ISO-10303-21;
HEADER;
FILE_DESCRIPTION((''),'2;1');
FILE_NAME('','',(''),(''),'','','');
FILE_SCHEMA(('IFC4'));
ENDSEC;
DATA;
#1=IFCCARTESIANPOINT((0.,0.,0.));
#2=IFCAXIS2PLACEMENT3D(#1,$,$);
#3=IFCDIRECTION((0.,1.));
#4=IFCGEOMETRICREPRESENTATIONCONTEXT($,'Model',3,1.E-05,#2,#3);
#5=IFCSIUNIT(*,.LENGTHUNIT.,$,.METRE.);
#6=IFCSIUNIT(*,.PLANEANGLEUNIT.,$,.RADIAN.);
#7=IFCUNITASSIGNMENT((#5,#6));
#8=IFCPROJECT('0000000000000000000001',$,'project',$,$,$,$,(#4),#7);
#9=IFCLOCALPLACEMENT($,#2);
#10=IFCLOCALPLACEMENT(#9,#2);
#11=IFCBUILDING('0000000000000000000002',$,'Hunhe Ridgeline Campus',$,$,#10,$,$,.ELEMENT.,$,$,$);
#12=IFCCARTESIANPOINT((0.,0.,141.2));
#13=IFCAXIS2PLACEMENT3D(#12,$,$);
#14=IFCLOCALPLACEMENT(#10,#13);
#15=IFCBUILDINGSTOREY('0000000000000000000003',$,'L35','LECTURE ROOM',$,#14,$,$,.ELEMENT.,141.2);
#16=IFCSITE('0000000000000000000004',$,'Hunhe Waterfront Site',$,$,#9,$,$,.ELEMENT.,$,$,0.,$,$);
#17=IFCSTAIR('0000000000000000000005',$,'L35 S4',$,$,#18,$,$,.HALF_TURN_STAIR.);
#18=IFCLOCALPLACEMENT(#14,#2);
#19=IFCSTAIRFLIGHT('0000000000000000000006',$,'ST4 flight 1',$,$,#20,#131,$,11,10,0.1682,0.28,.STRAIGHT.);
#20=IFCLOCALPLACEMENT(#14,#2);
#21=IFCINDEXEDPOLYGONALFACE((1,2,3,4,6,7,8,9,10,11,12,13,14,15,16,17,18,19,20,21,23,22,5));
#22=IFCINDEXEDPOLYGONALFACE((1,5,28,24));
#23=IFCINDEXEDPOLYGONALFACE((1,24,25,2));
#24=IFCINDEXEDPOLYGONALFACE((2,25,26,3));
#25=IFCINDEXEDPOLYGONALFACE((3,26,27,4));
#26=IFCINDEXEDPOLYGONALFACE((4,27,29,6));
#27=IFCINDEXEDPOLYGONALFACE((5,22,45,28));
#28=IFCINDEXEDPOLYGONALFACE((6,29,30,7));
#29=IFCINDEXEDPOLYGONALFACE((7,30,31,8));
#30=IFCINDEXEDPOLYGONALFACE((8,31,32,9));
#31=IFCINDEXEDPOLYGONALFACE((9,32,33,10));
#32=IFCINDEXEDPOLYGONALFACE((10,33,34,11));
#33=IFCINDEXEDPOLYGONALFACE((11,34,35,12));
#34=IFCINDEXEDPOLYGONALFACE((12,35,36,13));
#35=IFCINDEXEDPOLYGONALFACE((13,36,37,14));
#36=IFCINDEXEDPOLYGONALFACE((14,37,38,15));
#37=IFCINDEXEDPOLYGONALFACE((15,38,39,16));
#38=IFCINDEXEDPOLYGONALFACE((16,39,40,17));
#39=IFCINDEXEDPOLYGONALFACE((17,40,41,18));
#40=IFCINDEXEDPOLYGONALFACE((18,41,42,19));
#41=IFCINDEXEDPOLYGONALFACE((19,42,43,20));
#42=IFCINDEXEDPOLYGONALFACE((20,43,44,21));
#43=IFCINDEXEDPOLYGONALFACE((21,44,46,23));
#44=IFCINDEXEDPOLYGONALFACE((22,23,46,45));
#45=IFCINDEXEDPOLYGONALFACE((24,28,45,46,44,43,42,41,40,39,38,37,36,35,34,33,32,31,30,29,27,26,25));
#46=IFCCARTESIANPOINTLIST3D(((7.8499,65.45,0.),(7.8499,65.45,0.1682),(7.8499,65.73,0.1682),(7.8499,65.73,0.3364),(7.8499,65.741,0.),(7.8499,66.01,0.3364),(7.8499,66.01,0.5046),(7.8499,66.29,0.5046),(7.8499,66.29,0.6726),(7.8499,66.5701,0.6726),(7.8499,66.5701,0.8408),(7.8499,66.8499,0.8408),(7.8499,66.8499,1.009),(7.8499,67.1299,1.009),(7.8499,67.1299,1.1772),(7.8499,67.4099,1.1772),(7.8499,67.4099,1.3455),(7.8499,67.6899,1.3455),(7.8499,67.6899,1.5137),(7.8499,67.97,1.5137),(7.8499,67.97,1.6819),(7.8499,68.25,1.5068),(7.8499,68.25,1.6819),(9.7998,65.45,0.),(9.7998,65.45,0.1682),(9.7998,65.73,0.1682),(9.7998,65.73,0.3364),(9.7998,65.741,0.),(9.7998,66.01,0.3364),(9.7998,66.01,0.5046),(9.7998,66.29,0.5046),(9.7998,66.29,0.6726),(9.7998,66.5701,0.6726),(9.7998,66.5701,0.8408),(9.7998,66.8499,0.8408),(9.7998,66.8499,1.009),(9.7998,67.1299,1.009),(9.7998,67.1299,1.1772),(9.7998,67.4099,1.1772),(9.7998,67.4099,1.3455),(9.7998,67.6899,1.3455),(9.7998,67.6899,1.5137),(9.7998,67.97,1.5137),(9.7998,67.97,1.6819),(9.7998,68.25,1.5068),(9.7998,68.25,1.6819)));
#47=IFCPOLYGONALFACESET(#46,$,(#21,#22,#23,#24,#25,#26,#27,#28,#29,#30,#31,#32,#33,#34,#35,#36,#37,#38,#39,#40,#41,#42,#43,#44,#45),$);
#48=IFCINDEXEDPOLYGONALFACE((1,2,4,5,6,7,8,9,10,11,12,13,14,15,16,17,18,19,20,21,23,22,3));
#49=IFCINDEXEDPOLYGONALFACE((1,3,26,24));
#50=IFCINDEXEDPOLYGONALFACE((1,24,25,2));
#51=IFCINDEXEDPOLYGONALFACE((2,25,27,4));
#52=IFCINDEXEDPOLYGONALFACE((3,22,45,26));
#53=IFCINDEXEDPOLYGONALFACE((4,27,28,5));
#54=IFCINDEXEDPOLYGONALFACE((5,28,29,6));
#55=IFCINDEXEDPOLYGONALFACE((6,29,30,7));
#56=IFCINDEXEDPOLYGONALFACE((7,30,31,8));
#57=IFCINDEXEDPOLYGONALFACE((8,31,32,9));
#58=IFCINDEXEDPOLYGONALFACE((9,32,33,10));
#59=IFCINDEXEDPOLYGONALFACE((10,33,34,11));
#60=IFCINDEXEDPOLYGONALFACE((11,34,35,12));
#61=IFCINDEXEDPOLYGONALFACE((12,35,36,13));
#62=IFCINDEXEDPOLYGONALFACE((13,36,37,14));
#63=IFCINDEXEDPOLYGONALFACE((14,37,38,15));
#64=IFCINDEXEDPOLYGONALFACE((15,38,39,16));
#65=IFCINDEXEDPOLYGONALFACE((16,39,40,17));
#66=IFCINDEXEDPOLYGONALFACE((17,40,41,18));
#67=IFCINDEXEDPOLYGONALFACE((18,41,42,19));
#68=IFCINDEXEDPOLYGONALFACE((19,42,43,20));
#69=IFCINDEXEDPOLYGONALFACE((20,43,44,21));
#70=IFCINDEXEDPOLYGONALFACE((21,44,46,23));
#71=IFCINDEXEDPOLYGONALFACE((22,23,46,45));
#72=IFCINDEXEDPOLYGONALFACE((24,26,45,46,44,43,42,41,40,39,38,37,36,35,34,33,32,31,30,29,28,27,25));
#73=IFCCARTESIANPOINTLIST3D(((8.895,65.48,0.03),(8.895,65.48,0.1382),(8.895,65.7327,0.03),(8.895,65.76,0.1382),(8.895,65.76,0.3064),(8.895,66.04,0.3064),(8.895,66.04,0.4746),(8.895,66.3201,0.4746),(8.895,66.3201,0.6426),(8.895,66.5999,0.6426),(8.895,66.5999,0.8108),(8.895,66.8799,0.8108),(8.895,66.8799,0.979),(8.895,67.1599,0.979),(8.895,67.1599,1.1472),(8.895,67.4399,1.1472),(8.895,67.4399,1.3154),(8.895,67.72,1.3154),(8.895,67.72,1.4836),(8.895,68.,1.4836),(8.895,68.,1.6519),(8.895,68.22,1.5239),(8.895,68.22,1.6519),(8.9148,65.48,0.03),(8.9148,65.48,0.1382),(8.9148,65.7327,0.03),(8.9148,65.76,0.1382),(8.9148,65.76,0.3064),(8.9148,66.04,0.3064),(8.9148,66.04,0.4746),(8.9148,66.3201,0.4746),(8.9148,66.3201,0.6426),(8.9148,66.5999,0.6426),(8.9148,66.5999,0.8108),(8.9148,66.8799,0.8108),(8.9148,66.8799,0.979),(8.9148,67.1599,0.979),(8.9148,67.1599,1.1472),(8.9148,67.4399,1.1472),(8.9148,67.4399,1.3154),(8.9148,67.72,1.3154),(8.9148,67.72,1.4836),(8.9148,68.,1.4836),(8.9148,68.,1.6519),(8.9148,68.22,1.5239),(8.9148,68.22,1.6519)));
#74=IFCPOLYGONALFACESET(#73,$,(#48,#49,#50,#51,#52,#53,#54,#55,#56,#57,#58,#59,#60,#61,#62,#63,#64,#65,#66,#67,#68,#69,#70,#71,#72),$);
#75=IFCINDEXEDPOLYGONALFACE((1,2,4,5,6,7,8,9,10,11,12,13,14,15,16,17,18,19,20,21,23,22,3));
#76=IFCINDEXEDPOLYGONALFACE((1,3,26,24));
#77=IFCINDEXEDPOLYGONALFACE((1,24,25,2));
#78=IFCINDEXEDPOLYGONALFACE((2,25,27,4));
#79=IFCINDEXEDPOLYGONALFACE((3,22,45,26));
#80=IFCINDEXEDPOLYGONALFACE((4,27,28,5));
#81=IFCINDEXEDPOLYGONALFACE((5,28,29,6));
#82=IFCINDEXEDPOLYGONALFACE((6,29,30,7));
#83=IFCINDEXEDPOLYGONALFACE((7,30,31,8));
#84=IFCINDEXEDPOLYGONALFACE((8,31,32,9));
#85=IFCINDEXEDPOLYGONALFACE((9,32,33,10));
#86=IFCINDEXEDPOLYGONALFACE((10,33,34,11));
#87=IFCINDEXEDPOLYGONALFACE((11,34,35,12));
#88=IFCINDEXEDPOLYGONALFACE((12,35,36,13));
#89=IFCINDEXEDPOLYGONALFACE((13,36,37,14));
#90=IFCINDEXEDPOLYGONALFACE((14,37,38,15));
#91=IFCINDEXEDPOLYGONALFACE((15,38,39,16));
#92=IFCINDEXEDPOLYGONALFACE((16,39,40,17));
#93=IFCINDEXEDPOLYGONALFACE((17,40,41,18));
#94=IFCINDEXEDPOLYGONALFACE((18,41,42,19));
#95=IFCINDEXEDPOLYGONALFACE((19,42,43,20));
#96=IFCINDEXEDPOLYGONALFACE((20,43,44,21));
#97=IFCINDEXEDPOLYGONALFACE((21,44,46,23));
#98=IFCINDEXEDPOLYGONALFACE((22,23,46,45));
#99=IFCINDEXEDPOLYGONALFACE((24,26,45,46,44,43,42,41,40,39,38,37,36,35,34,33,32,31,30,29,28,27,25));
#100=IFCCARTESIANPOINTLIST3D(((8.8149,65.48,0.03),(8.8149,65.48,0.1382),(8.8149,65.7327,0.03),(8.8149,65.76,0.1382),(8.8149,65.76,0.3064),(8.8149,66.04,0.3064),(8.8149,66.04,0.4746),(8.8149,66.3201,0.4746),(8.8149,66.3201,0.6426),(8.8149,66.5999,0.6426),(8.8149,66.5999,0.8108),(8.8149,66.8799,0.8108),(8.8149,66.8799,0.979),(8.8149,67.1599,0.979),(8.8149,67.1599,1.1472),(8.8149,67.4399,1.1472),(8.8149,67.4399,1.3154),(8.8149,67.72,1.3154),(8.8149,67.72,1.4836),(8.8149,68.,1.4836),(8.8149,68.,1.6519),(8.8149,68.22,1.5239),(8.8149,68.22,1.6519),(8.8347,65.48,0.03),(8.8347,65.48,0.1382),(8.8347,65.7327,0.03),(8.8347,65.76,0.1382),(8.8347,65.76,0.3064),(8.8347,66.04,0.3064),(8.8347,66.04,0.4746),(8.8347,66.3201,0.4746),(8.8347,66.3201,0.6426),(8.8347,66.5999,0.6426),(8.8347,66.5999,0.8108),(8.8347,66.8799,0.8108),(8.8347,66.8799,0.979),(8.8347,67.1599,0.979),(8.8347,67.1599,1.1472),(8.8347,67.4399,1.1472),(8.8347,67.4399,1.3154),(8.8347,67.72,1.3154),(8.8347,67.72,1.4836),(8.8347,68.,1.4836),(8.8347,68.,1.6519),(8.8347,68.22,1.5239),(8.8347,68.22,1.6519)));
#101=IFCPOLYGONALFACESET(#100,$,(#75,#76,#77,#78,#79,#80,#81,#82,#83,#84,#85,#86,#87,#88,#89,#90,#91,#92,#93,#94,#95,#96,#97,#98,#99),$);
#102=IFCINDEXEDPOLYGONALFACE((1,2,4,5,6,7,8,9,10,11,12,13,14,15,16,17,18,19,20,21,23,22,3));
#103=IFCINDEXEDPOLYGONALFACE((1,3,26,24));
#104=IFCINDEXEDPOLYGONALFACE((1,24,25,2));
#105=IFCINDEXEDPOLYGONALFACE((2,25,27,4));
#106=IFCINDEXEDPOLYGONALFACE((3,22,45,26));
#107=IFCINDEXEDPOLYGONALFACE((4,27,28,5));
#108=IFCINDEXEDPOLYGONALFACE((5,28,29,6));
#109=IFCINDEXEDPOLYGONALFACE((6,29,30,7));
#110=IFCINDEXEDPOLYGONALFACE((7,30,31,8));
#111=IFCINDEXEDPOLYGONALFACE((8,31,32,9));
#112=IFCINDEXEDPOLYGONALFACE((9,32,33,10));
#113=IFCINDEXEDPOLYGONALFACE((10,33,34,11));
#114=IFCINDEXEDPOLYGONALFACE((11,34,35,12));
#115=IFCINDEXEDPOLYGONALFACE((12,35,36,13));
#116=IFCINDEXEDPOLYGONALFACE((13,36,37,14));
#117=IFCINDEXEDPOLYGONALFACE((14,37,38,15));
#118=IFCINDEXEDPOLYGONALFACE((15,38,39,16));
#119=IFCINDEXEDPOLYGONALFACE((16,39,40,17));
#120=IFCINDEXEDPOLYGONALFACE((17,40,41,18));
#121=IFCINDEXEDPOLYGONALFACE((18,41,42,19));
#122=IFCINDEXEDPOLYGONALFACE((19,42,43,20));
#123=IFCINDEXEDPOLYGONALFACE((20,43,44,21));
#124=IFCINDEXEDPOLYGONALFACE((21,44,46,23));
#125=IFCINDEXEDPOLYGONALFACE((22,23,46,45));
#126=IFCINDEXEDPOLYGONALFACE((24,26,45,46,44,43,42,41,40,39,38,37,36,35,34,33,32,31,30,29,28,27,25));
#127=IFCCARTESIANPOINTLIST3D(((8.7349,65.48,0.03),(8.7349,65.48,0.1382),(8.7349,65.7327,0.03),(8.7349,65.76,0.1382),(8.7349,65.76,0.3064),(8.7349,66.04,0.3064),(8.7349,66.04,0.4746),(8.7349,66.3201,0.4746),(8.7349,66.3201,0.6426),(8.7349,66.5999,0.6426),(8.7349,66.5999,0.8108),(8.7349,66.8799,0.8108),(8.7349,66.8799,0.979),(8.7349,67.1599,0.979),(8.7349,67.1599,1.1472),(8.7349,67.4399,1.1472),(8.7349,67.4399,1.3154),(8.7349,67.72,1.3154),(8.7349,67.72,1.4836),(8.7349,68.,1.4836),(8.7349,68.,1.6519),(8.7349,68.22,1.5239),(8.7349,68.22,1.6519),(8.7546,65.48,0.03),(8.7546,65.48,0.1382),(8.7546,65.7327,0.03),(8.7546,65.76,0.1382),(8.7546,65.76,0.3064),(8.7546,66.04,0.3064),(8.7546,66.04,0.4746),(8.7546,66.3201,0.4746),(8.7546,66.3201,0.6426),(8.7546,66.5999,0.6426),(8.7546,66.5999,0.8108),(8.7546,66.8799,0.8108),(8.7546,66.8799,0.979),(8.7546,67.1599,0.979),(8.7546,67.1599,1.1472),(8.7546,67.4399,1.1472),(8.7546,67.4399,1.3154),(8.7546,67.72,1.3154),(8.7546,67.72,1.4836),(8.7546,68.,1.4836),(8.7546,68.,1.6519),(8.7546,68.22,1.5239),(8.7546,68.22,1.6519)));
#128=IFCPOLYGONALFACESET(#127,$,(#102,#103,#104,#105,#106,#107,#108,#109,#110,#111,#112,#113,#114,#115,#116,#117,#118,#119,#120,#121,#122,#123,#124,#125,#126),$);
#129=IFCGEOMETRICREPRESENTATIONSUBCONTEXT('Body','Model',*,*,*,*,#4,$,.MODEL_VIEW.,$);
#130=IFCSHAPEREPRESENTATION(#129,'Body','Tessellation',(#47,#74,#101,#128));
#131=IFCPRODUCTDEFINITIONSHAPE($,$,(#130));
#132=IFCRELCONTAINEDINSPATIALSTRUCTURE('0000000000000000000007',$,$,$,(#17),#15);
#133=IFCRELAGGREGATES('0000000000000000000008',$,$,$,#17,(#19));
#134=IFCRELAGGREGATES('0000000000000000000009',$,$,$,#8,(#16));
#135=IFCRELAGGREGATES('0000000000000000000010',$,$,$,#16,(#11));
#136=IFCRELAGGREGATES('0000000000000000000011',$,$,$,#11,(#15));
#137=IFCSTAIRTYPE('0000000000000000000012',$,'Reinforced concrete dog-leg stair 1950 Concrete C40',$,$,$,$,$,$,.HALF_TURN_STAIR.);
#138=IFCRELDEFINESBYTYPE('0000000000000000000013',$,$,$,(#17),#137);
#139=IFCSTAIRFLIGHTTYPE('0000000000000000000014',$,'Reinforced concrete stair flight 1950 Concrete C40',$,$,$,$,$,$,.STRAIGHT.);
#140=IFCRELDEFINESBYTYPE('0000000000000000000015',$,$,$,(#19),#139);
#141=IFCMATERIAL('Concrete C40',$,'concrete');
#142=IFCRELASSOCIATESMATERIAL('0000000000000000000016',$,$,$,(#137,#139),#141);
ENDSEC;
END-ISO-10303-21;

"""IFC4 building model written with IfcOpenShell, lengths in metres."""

from ifc_helpers import new_model, si_unit, direction, frame, origin, place, context, subcontext, project, spatial, polyline, outline, extrude, material, type_object, element, aggregate, save


model = new_model("IFC4")

# Units and contexts
model_context = context("Model", 3, precision=1e-05, world=origin(), true_north=direction((0.0, 1.0)))
body_context = subcontext(model_context, "Body", "Model", "MODEL_VIEW")
ifc_project = project(units=[si_unit("LENGTHUNIT", "METRE"), si_unit("PLANEANGLEUNIT", "RADIAN")], contexts=[model_context])

# Site, building, storey
site_placement = place(None, origin())
site = spatial("IfcSite", under=ifc_project, at=site_placement, Name="Hunhe Waterfront Site", CompositionType="ELEMENT", RefElevation=0.0)
building_placement = place(site_placement, origin())
building = spatial("IfcBuilding", under=site, at=building_placement, Name="Hunhe Ridgeline Campus", CompositionType="ELEMENT")
storey_placement = place(building_placement, frame((0.0, 0.0, 141.2)))
storey = spatial("IfcBuildingStorey", under=building, at=storey_placement, Name="L35", Description="LECTURE ROOM", CompositionType="ELEMENT", Elevation=141.2)

# Stair, stair flight
ifc_material_1 = material(Name="Concrete C40", Category="concrete")
stair_type = type_object("IfcStairType", Name="Reinforced concrete dog-leg stair 1950 Concrete C40", PredefinedType="HALF_TURN_STAIR", material=ifc_material_1)
stair_flight_type = type_object("IfcStairFlightType", Name="Reinforced concrete stair flight 1950 Concrete C40", PredefinedType="STRAIGHT", material=ifc_material_1)
stair_1_placement = place(storey_placement, origin())
stair_1 = element("IfcStair", 1, at=stair_1_placement, inside=storey, type_object=stair_type, Name="L35 S4", PredefinedType="HALF_TURN_STAIR")
stair_flight_1_placement = place(storey_placement, frame((8.825, 65.45, 0.0), z_axis=(0.0, 0.0, 1.0), x_axis=(0.0, 1.0, 0.0)))
stair_flight_1 = element("IfcStairFlight", 2, at=stair_flight_1_placement, type_object=stair_flight_type, Name="ST4 flight 1", NumberOfRisers=11, NumberOfTreads=10, PredefinedType="STRAIGHT", RiserHeight=0.1682, TreadLength=0.28, context=body_context, shape_type="SweptSolid", body=[
    extrude(outline(polyline([(0.0, 0.0), (0.0, 0.1682), (0.28, 0.1682), (0.28, 0.3364), (0.5601, 0.3364), (0.5601, 0.5046), (0.8401, 0.5046), (0.8401, 0.6726), (1.1201, 0.6726), (1.1201, 0.8408), (1.3999, 0.8408), (1.3999, 1.009), (1.6799, 1.009), (1.6799, 1.1772), (1.96, 1.1772), (1.96, 1.3455), (2.24, 1.3455), (2.24, 1.5137), (2.52, 1.5137), (2.52, 1.6819), (2.8, 1.6819), (2.8, 1.8501), (2.8, 1.5068), (0.291, 0.0), (0.0, 0.0)])), frame((0.0, 0.9751, 0.0), z_axis=(0.0, -1.0, 0.0), x_axis=(1.0, 0.0, 0.0)), (0.0, 0.0, 1.0), 1.95),
    extrude(outline(polyline([(0.03, 0.03), (0.03, 0.1382), (0.3101, 0.1382), (0.3101, 0.3064), (0.5901, 0.3064), (0.5901, 0.4746), (0.8701, 0.4746), (0.8701, 0.6426), (1.1499, 0.6426), (1.1499, 0.8108), (1.4299, 0.8108), (1.4299, 0.979), (1.71, 0.979), (1.71, 1.1472), (1.99, 1.1472), (1.99, 1.3154), (2.27, 1.3154), (2.27, 1.4836), (2.55, 1.4836), (2.55, 1.6519), (2.77, 1.6519), (2.77, 1.5239), (0.2827, 0.03), (0.03, 0.03)])), frame((0.0, -0.0701, 0.0), z_axis=(0.0, -1.0, 0.0), x_axis=(1.0, 0.0, 0.0)), (0.0, 0.0, 1.0), 0.0198),
    extrude(outline(polyline([(0.03, 0.03), (0.03, 0.1382), (0.3101, 0.1382), (0.3101, 0.3064), (0.5901, 0.3064), (0.5901, 0.4746), (0.8701, 0.4746), (0.8701, 0.6426), (1.1499, 0.6426), (1.1499, 0.8108), (1.4299, 0.8108), (1.4299, 0.979), (1.71, 0.979), (1.71, 1.1472), (1.99, 1.1472), (1.99, 1.3154), (2.27, 1.3154), (2.27, 1.4836), (2.55, 1.4836), (2.55, 1.6519), (2.77, 1.6519), (2.77, 1.5239), (0.2827, 0.03), (0.03, 0.03)])), frame((0.0, 0.01, 0.0), z_axis=(0.0, -1.0, 0.0), x_axis=(1.0, 0.0, 0.0)), (0.0, 0.0, 1.0), 0.0198),
    extrude(outline(polyline([(0.03, 0.03), (0.03, 0.1382), (0.3101, 0.1382), (0.3101, 0.3064), (0.5901, 0.3064), (0.5901, 0.4746), (0.8701, 0.4746), (0.8701, 0.6426), (1.1499, 0.6426), (1.1499, 0.8108), (1.4299, 0.8108), (1.4299, 0.979), (1.71, 0.979), (1.71, 1.1472), (1.99, 1.1472), (1.99, 1.3154), (2.27, 1.3154), (2.27, 1.4836), (2.55, 1.4836), (2.55, 1.6519), (2.77, 1.6519), (2.77, 1.5239), (0.2827, 0.03), (0.03, 0.03)])), frame((0.0, 0.0901, 0.0), z_axis=(0.0, -1.0, 0.0), x_axis=(1.0, 0.0, 0.0)), (0.0, 0.0, 1.0), 0.0198),
])
aggregate(stair_1, [stair_flight_1])

save(model, "model.ifc")
